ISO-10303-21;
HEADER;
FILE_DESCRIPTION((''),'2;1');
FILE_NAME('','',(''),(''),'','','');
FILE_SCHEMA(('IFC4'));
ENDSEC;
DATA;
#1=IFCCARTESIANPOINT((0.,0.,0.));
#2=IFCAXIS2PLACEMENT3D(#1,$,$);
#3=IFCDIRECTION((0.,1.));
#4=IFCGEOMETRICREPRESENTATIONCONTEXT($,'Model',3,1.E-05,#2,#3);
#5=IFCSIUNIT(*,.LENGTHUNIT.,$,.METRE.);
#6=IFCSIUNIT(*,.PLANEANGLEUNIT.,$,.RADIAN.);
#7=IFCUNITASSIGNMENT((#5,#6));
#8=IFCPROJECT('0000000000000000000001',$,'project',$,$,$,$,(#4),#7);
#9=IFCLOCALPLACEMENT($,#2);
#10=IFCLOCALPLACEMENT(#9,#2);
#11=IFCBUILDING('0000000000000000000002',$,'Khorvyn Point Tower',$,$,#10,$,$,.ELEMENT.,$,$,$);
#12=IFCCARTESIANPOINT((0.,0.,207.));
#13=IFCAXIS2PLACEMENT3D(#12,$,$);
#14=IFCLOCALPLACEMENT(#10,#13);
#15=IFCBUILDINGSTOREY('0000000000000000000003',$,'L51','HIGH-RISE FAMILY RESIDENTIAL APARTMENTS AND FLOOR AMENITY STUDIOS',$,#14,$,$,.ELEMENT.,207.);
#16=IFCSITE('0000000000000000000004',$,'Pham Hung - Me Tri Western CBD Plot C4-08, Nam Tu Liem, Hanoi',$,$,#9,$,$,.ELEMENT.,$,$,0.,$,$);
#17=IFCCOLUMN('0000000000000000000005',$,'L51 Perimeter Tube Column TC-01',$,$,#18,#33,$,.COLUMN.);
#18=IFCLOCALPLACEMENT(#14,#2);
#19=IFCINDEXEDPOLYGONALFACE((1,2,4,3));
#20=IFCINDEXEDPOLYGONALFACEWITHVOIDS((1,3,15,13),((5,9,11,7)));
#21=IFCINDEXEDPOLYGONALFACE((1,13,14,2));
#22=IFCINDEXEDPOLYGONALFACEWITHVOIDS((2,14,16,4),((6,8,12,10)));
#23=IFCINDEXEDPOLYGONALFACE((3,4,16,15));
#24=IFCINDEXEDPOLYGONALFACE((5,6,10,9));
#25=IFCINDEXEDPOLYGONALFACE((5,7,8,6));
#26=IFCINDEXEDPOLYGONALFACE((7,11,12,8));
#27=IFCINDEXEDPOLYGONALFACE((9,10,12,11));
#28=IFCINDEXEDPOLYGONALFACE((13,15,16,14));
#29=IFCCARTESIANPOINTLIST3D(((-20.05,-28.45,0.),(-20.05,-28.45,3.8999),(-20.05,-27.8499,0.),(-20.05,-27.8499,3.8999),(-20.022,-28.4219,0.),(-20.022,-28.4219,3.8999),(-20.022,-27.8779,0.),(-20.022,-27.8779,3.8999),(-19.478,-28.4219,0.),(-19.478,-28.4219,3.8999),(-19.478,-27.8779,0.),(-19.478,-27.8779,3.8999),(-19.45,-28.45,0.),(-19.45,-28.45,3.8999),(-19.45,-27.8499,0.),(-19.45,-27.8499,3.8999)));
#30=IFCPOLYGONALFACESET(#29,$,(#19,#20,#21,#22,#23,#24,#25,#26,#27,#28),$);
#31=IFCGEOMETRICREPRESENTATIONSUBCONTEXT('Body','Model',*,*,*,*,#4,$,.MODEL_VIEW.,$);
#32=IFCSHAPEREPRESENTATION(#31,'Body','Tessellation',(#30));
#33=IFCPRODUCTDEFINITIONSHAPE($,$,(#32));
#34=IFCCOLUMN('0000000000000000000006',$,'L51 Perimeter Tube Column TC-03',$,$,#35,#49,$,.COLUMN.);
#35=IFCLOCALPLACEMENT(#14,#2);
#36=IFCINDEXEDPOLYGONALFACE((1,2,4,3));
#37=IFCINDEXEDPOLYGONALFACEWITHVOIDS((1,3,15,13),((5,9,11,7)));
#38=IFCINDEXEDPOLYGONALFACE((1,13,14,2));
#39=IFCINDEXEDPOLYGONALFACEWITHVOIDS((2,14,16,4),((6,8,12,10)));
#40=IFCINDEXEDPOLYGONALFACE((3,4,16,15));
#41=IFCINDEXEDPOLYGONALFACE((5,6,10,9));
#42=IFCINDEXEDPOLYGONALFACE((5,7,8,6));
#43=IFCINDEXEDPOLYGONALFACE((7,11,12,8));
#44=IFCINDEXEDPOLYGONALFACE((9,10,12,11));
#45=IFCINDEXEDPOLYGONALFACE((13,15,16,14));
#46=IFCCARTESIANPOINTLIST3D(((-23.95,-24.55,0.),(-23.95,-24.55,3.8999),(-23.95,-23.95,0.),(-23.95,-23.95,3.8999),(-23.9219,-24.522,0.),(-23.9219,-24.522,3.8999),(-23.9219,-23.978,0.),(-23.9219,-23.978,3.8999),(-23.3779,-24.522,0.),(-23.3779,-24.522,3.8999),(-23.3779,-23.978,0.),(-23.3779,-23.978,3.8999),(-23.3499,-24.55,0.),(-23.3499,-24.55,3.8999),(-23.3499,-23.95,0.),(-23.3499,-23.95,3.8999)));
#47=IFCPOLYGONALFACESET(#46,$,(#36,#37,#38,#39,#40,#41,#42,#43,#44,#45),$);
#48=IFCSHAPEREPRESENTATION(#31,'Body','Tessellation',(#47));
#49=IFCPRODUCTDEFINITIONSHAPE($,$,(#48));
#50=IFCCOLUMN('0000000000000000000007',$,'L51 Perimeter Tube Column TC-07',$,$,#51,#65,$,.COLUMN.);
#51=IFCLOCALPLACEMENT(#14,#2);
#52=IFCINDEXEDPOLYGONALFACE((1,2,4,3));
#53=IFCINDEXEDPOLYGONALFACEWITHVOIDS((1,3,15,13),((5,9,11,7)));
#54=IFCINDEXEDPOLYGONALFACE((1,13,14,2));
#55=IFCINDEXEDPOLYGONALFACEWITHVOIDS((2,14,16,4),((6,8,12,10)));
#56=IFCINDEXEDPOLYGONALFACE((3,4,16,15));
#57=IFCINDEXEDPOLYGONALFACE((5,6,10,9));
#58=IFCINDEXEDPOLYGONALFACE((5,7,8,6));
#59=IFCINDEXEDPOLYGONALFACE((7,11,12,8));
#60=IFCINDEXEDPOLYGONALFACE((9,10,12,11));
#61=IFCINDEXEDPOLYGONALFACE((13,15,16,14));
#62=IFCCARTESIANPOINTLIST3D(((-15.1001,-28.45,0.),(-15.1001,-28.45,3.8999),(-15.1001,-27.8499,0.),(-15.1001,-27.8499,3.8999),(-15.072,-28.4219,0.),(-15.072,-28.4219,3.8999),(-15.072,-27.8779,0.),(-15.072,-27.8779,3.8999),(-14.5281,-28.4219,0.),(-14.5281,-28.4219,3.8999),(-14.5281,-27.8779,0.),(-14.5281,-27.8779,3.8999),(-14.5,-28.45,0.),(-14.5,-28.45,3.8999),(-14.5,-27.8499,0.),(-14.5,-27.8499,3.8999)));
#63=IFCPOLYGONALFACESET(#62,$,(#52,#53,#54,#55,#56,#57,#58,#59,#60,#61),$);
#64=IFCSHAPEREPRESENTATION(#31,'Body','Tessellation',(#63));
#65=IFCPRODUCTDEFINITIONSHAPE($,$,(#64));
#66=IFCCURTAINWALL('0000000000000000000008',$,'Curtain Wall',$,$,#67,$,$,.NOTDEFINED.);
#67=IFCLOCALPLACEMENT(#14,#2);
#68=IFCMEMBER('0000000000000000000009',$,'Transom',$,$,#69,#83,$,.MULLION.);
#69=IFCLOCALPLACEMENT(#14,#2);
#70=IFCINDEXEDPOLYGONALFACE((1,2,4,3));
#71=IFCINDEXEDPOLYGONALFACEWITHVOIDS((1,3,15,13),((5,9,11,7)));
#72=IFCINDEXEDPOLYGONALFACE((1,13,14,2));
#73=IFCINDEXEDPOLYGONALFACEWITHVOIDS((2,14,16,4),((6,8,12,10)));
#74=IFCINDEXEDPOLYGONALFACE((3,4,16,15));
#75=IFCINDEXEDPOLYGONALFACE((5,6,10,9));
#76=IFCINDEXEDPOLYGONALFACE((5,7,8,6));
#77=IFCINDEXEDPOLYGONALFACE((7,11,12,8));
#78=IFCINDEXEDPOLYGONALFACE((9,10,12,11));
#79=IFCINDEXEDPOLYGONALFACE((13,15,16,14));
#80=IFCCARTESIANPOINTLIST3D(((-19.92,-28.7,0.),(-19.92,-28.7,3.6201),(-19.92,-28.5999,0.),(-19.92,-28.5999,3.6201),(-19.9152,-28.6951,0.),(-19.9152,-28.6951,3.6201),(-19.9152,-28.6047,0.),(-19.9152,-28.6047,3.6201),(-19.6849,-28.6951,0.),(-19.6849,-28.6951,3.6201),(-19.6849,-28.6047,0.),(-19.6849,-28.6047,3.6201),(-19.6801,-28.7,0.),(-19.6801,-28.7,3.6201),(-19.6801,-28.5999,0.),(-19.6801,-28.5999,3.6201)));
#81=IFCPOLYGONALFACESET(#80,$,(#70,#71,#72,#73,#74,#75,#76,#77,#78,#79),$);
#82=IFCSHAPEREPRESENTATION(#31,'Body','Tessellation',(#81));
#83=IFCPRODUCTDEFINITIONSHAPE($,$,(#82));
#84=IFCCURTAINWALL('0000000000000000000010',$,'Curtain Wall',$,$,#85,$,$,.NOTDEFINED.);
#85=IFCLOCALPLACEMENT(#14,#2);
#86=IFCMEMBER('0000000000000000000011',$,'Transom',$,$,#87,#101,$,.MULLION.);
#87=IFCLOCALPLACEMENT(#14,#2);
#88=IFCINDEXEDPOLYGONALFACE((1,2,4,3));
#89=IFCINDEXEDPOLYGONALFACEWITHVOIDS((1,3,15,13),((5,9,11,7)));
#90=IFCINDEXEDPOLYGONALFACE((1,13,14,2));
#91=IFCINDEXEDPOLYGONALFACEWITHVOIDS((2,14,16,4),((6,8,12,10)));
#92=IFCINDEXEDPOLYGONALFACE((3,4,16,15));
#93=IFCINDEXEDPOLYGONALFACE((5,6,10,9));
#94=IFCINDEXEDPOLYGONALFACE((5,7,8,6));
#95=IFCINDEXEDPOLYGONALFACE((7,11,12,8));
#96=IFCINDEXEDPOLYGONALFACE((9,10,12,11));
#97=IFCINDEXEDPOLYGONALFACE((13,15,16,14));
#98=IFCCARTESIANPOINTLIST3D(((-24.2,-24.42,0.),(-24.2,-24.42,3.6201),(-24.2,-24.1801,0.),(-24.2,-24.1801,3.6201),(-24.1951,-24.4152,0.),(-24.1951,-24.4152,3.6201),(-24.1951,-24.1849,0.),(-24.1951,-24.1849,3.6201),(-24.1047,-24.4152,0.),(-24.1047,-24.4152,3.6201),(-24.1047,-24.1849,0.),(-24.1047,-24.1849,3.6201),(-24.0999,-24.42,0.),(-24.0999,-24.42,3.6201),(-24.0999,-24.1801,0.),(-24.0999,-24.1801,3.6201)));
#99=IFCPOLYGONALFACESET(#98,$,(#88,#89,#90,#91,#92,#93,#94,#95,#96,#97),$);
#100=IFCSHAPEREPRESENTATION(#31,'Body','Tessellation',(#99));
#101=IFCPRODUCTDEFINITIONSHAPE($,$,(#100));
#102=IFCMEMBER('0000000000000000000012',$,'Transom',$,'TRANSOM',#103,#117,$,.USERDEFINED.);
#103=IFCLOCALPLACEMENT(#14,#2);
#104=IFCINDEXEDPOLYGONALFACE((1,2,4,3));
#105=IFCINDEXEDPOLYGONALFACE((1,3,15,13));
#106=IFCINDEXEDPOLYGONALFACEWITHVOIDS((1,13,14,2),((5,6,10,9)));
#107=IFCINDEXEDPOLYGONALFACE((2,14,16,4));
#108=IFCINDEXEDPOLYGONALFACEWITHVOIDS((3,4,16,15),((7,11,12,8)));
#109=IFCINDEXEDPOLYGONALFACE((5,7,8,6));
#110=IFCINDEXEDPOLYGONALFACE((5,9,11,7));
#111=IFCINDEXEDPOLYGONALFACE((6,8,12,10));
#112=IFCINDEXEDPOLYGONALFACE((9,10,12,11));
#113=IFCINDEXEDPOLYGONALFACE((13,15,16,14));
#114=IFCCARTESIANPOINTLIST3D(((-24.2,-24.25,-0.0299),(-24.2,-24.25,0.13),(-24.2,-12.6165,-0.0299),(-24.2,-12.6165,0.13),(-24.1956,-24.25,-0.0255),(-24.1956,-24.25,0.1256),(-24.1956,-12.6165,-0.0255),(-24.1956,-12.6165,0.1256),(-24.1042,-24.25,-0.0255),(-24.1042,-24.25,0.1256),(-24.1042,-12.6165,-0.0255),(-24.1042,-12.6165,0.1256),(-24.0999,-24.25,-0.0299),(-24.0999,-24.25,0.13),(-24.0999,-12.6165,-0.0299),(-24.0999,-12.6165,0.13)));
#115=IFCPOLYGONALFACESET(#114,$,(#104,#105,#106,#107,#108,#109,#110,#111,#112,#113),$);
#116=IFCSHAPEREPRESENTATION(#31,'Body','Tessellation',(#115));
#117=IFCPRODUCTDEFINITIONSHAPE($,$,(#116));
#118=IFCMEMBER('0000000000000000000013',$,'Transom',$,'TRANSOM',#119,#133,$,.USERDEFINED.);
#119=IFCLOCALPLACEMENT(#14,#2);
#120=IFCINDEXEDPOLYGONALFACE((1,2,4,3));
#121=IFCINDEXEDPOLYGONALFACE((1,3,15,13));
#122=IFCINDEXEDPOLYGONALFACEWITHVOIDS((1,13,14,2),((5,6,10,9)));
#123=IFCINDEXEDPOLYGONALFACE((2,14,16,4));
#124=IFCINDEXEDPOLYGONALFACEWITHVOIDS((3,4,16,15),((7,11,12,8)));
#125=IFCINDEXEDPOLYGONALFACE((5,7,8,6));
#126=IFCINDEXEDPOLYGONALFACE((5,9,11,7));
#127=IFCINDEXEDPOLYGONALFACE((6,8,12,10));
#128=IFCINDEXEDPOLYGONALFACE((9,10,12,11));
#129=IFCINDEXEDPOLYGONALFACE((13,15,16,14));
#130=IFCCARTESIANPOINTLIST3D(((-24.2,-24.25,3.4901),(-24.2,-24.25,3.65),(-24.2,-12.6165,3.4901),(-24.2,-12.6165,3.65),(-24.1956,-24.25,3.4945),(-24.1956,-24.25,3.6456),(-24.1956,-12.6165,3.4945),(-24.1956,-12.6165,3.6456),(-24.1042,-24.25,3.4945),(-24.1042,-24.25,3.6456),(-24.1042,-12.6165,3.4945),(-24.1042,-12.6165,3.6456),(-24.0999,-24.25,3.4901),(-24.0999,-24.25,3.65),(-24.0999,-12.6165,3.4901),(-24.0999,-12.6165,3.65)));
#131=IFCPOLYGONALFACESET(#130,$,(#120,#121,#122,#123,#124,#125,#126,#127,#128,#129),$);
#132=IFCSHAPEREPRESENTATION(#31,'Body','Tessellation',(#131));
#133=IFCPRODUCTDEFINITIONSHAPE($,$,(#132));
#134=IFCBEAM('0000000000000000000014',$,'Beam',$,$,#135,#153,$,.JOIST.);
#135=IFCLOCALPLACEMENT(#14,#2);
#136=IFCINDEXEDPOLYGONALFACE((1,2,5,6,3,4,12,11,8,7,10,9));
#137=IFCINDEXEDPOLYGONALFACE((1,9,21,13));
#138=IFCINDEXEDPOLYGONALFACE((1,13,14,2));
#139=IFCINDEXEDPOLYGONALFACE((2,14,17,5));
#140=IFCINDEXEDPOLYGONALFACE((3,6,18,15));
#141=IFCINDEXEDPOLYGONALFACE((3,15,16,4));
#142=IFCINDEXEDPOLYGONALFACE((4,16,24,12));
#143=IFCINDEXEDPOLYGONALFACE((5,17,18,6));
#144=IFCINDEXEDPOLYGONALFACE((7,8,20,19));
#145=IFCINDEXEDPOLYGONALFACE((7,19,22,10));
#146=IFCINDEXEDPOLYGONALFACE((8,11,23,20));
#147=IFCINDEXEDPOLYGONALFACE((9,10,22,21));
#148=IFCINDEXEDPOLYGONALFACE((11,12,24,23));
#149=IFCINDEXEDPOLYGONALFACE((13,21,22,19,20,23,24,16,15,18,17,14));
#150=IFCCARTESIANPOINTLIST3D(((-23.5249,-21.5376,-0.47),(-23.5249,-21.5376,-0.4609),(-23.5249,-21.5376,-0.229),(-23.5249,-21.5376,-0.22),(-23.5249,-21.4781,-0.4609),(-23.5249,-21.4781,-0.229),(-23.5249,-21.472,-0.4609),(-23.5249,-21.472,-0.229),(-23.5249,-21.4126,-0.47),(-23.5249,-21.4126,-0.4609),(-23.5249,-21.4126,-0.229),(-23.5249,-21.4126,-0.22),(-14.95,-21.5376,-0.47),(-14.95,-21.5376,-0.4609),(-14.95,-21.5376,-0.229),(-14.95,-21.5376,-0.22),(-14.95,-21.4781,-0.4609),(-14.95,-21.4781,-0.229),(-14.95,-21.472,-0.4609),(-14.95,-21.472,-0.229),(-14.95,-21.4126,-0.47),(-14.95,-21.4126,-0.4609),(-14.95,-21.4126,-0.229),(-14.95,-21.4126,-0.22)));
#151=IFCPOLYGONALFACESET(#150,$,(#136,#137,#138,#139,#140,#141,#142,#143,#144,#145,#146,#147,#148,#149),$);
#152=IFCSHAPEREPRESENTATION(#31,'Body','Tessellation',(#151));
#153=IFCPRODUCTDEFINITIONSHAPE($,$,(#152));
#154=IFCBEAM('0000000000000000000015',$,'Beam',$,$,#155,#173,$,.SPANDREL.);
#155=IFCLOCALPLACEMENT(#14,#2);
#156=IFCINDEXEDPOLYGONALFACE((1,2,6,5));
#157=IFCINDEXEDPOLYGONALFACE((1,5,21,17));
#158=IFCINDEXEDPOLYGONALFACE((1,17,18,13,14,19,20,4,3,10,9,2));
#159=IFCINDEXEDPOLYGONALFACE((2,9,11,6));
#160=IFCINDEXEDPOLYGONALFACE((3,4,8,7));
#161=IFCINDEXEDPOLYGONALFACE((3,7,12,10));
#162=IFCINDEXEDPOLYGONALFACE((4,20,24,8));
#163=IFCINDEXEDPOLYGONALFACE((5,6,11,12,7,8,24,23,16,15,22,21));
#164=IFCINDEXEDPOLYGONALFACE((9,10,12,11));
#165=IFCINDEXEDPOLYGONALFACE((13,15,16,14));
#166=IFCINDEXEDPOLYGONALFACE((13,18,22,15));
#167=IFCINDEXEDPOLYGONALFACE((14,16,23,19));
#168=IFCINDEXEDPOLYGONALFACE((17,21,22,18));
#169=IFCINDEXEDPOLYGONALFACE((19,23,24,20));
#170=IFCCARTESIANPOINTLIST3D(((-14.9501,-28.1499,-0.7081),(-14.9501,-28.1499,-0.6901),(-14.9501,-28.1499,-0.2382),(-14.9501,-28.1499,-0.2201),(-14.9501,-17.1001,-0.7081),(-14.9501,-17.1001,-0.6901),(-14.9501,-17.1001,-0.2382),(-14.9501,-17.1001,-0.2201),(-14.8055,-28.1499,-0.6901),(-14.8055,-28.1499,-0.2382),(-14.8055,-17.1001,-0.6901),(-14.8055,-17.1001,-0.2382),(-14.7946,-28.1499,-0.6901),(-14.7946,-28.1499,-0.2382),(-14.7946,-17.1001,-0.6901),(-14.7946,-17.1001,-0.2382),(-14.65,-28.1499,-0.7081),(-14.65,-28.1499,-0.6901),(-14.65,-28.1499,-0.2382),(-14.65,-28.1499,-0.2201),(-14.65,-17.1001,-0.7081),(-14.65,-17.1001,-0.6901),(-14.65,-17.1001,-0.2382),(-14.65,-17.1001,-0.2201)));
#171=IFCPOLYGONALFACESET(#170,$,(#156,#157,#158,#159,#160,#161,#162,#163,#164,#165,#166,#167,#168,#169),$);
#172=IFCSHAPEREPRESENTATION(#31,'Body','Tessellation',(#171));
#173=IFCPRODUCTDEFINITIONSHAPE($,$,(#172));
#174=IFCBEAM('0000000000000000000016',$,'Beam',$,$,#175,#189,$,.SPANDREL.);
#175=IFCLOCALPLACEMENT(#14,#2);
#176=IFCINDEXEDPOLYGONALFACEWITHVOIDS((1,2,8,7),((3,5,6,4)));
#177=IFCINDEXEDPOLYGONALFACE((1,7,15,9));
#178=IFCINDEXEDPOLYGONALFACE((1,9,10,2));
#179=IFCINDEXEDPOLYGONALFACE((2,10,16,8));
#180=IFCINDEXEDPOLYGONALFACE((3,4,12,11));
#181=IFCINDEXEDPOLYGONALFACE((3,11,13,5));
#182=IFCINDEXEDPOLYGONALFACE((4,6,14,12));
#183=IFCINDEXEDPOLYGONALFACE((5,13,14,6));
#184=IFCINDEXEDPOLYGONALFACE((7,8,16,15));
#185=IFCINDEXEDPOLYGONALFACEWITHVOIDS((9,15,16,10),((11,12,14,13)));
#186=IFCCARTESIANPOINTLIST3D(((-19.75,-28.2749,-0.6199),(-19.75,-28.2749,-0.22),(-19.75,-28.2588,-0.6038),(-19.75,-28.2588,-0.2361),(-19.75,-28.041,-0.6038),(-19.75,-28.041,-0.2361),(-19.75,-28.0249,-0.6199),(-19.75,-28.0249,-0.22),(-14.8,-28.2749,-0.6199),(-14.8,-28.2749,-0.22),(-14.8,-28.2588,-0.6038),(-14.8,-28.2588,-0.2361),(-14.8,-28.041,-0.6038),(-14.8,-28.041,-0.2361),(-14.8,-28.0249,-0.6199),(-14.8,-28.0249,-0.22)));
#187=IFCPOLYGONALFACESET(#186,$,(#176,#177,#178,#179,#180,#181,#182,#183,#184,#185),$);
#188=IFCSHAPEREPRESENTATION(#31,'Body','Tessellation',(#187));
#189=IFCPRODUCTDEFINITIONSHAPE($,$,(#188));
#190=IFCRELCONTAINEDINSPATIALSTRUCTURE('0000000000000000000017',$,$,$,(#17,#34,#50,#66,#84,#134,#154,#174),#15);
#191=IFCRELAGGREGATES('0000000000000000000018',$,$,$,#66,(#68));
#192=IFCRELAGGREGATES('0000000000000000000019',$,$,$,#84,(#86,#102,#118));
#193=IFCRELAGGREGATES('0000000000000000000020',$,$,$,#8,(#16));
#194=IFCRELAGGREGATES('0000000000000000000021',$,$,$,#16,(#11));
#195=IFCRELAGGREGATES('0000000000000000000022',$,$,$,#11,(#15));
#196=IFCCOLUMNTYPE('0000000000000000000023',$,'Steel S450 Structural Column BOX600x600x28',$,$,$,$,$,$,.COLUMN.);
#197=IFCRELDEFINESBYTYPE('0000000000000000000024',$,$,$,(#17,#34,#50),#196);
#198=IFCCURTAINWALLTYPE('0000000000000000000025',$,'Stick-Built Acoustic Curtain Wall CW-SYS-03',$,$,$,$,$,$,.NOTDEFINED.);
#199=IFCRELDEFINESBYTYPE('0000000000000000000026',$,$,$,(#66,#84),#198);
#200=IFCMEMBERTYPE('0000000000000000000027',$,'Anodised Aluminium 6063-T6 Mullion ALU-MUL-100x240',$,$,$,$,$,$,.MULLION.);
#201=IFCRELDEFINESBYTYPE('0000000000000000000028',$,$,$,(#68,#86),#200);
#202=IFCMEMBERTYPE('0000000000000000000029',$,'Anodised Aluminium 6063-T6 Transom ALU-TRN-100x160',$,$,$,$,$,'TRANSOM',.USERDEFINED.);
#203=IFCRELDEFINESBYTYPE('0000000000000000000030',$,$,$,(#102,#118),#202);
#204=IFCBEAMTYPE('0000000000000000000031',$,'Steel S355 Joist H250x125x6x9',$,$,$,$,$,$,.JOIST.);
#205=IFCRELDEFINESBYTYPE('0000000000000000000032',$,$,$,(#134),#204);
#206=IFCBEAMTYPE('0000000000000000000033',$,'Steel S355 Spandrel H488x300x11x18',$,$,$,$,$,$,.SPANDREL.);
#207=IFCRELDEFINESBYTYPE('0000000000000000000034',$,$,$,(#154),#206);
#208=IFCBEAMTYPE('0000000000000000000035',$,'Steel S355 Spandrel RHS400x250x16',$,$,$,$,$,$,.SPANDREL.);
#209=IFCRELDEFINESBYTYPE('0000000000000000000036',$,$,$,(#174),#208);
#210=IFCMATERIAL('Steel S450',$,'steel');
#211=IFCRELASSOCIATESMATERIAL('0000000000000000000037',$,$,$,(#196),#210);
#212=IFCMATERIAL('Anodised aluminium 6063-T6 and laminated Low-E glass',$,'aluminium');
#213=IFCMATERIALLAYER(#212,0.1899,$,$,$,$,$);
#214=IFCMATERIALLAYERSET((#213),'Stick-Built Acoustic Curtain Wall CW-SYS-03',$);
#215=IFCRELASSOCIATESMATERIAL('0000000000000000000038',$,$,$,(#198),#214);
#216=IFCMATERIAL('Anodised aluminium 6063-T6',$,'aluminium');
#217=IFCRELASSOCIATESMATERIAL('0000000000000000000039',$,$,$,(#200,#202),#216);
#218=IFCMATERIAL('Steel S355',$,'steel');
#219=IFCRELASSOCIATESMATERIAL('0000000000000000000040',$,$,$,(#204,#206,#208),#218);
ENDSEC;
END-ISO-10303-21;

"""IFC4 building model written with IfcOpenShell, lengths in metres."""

from ifc_helpers import new_model, si_unit, direction, frame, origin, origin_2d, place, context, subcontext, project, spatial, hollow_rectangle, i_section, extrude, material, layer, layer_set, material_profile, profile_set, type_object, element, aggregate, save


model = new_model("IFC4")

# Units and contexts
model_context = context("Model", 3, precision=1e-05, world=origin(), true_north=direction((0.0, 1.0)))
body_context = subcontext(model_context, "Body", "Model", "MODEL_VIEW")
ifc_project = project(units=[si_unit("LENGTHUNIT", "METRE"), si_unit("PLANEANGLEUNIT", "RADIAN")], contexts=[model_context])

# Site, building, storey
site_placement = place(None, origin())
site = spatial("IfcSite", under=ifc_project, at=site_placement, Name="Pham Hung - Me Tri Western CBD Plot C4-08, Nam Tu Liem, Hanoi", CompositionType="ELEMENT", RefElevation=0.0)
building_placement = place(site_placement, origin())
building = spatial("IfcBuilding", under=site, at=building_placement, Name="Khorvyn Point Tower", CompositionType="ELEMENT")
storey_placement = place(building_placement, frame((0.0, 0.0, 207.0)))
storey = spatial("IfcBuildingStorey", under=building, at=storey_placement, Name="L51", Description="HIGH-RISE FAMILY RESIDENTIAL APARTMENTS AND FLOOR AMENITY STUDIOS", CompositionType="ELEMENT", Elevation=207.0)

# Columns
ifc_material_1 = material(Name="Steel S450", Category="steel")
ifc_material_profile_1 = material_profile(ifc_material_1, hollow_rectangle(XDim=0.6001, YDim=0.6001, WallThickness=0.0281, at=origin_2d()))
ifc_profile_set_1 = profile_set([ifc_material_profile_1], Name="Steel S450 BOX600x600x28")
column_type = type_object("IfcColumnType", Name="Steel S450 Structural Column BOX600x600x28", PredefinedType="COLUMN", material=ifc_profile_set_1)
for number, where, z_axis, x_axis, name in (
    (1, (-19.75, -28.1499, 0.0), (0.0, 0.0, 1.0), (1.0, 0.0, 0.0), "L51 Perimeter Tube Column TC-01"),
    (2, (-23.6499, -24.25, 0.0), (0.0, 0.0, 1.0), (1.0, 0.0, 0.0), "L51 Perimeter Tube Column TC-03"),
    (3, (-14.8, -28.1499, 0.0), (0.0, 0.0, 1.0), (1.0, 0.0, 0.0), "L51 Perimeter Tube Column TC-07"),
):
    element("IfcColumn", number, at=place(storey_placement, frame(where, z_axis=z_axis, x_axis=x_axis)), inside=storey, type_object=column_type, Name=name, PredefinedType="COLUMN", context=body_context, shape_type="SweptSolid", body=[
        extrude(hollow_rectangle(XDim=0.6001, YDim=0.6001, WallThickness=0.0281, at=origin_2d()), origin(), (0.0, 0.0, 1.0), 3.8999),
    ])

# Curtain wall, member
ifc_material_2 = material(Name="Anodised aluminium 6063-T6 and laminated Low-E glass", Category="aluminium")
ifc_layer_1 = layer(ifc_material_2, 0.1899)
ifc_layer_set_1 = layer_set([ifc_layer_1], Name="Stick-Built Acoustic Curtain Wall CW-SYS-03")
curtain_wall_type = type_object("IfcCurtainWallType", Name="Stick-Built Acoustic Curtain Wall CW-SYS-03", PredefinedType="NOTDEFINED", material=ifc_layer_set_1)
curtain_wall_1_placement = place(storey_placement, origin())
curtain_wall_1 = element("IfcCurtainWall", 4, at=curtain_wall_1_placement, inside=storey, type_object=curtain_wall_type, Name="Curtain Wall", PredefinedType="NOTDEFINED")
ifc_material_3 = material(Name="Anodised aluminium 6063-T6", Category="aluminium")
ifc_material_profile_2 = material_profile(ifc_material_3, hollow_rectangle(XDim=0.1001, YDim=0.24, WallThickness=0.0049, at=origin_2d()))
ifc_profile_set_2 = profile_set([ifc_material_profile_2], Name="Anodised aluminium 6063-T6 ALU-MUL-100x240")
member_type_1 = type_object("IfcMemberType", Name="Anodised Aluminium 6063-T6 Mullion ALU-MUL-100x240", PredefinedType="MULLION", material=ifc_profile_set_2)
member_1_placement = place(storey_placement, frame((-19.8, -28.6499, 0.0), z_axis=(0.0, 0.0, 1.0), x_axis=(0.0, -1.0, 0.0)))
member_1 = element("IfcMember", 5, at=member_1_placement, type_object=member_type_1, Name="Transom", PredefinedType="MULLION", context=body_context, shape_type="SweptSolid", body=[
    extrude(hollow_rectangle(XDim=0.1001, YDim=0.24, WallThickness=0.0049, at=origin_2d()), origin(), (0.0, 0.0, 1.0), 3.6201),
])

# Curtain wall, members
curtain_wall_2_placement = place(storey_placement, origin())
curtain_wall_2 = element("IfcCurtainWall", 6, at=curtain_wall_2_placement, inside=storey, type_object=curtain_wall_type, Name="Curtain Wall", PredefinedType="NOTDEFINED")
member_2_placement = place(storey_placement, frame((-24.1499, -24.3, 0.0), z_axis=(0.0, 0.0, 1.0), x_axis=(-1.0, 0.0, 0.0)))
member_2 = element("IfcMember", 7, at=member_2_placement, type_object=member_type_1, Name="Transom", PredefinedType="MULLION", context=body_context, shape_type="SweptSolid", body=[
    extrude(hollow_rectangle(XDim=0.1001, YDim=0.24, WallThickness=0.0049, at=origin_2d()), origin(), (0.0, 0.0, 1.0), 3.6201),
])
ifc_material_profile_3 = material_profile(ifc_material_3, hollow_rectangle(XDim=0.1001, YDim=0.1599, WallThickness=0.0044, at=origin_2d()))
ifc_profile_set_3 = profile_set([ifc_material_profile_3], Name="Anodised aluminium 6063-T6 ALU-TRN-100x160")
member_type_2 = type_object("IfcMemberType", Name="Anodised Aluminium 6063-T6 Transom ALU-TRN-100x160", ElementType="TRANSOM", PredefinedType="USERDEFINED", material=ifc_profile_set_3)
member_3_placement = place(storey_placement, frame((-24.1499, -24.25, 0.05), z_axis=(0.0, 1.0, 0.0), x_axis=(-1.0, 0.0, 0.0)))
member_3 = element("IfcMember", 8, at=member_3_placement, type_object=member_type_2, Name="Transom", ObjectType="TRANSOM", PredefinedType="USERDEFINED", context=body_context, shape_type="SweptSolid", body=[
    extrude(hollow_rectangle(XDim=0.1001, YDim=0.1599, WallThickness=0.0044, at=origin_2d()), origin(), (0.0, 0.0, 1.0), 11.6335),
])
member_4_placement = place(storey_placement, frame((-24.1499, -24.25, 3.5701), z_axis=(0.0, 1.0, 0.0), x_axis=(-1.0, 0.0, 0.0)))
member_4 = element("IfcMember", 9, at=member_4_placement, type_object=member_type_2, Name="Transom", ObjectType="TRANSOM", PredefinedType="USERDEFINED", context=body_context, shape_type="SweptSolid", body=[
    extrude(hollow_rectangle(XDim=0.1001, YDim=0.1599, WallThickness=0.0044, at=origin_2d()), origin(), (0.0, 0.0, 1.0), 11.6335),
])

# Beams
ifc_material_4 = material(Name="Steel S355", Category="steel")
ifc_material_profile_4 = material_profile(ifc_material_4, i_section(OverallWidth=0.125, OverallDepth=0.25, WebThickness=0.0061, FlangeThickness=0.009, at=origin_2d()))
ifc_profile_set_4 = profile_set([ifc_material_profile_4], Name="Steel S355 H250x125x6x9")
beam_type_1 = type_object("IfcBeamType", Name="Steel S355 Joist H250x125x6x9", PredefinedType="JOIST", material=ifc_profile_set_4)
beam_1_placement = place(storey_placement, frame((-23.5249, -21.4751, -0.345), z_axis=(1.0, 0.0, 0.0), x_axis=(0.0, 1.0, 0.0)))
element("IfcBeam", 10, at=beam_1_placement, inside=storey, type_object=beam_type_1, Name="Beam", PredefinedType="JOIST", context=body_context, shape_type="SweptSolid", body=[
    extrude(i_section(OverallWidth=0.125, OverallDepth=0.25, WebThickness=0.0061, FlangeThickness=0.009, at=origin_2d()), origin(), (0.0, 0.0, 1.0), 8.575),
])
ifc_material_profile_5 = material_profile(ifc_material_4, i_section(OverallWidth=0.3, OverallDepth=0.488, WebThickness=0.011, FlangeThickness=0.0181, at=origin_2d()))
ifc_profile_set_5 = profile_set([ifc_material_profile_5], Name="Steel S355 H488x300x11x18")
beam_type_2 = type_object("IfcBeamType", Name="Steel S355 Spandrel H488x300x11x18", PredefinedType="SPANDREL", material=ifc_profile_set_5)
beam_2_placement = place(storey_placement, frame((-14.8, -28.1499, -0.4641), z_axis=(0.0, 1.0, 0.0), x_axis=(-1.0, 0.0, 0.0)))
element("IfcBeam", 11, at=beam_2_placement, inside=storey, type_object=beam_type_2, Name="Beam", PredefinedType="SPANDREL", context=body_context, shape_type="SweptSolid", body=[
    extrude(i_section(OverallWidth=0.3, OverallDepth=0.488, WebThickness=0.011, FlangeThickness=0.0181, at=origin_2d()), origin(), (0.0, 0.0, 1.0), 11.0498),
])
ifc_material_profile_6 = material_profile(ifc_material_4, hollow_rectangle(XDim=0.25, YDim=0.3999, WallThickness=0.0161, at=origin_2d()))
ifc_profile_set_6 = profile_set([ifc_material_profile_6], Name="Steel S355 RHS400x250x16")
beam_type_3 = type_object("IfcBeamType", Name="Steel S355 Spandrel RHS400x250x16", PredefinedType="SPANDREL", material=ifc_profile_set_6)
beam_3_placement = place(storey_placement, frame((-19.75, -28.1499, -0.4199), z_axis=(1.0, 0.0, 0.0), x_axis=(0.0, 1.0, 0.0)))
element("IfcBeam", 12, at=beam_3_placement, inside=storey, type_object=beam_type_3, Name="Beam", PredefinedType="SPANDREL", context=body_context, shape_type="SweptSolid", body=[
    extrude(hollow_rectangle(XDim=0.25, YDim=0.3999, WallThickness=0.0161, at=origin_2d()), origin(), (0.0, 0.0, 1.0), 4.95),
])

aggregate(curtain_wall_1, [member_1])
aggregate(curtain_wall_2, [member_2, member_3, member_4])

save(model, "model.ifc")
